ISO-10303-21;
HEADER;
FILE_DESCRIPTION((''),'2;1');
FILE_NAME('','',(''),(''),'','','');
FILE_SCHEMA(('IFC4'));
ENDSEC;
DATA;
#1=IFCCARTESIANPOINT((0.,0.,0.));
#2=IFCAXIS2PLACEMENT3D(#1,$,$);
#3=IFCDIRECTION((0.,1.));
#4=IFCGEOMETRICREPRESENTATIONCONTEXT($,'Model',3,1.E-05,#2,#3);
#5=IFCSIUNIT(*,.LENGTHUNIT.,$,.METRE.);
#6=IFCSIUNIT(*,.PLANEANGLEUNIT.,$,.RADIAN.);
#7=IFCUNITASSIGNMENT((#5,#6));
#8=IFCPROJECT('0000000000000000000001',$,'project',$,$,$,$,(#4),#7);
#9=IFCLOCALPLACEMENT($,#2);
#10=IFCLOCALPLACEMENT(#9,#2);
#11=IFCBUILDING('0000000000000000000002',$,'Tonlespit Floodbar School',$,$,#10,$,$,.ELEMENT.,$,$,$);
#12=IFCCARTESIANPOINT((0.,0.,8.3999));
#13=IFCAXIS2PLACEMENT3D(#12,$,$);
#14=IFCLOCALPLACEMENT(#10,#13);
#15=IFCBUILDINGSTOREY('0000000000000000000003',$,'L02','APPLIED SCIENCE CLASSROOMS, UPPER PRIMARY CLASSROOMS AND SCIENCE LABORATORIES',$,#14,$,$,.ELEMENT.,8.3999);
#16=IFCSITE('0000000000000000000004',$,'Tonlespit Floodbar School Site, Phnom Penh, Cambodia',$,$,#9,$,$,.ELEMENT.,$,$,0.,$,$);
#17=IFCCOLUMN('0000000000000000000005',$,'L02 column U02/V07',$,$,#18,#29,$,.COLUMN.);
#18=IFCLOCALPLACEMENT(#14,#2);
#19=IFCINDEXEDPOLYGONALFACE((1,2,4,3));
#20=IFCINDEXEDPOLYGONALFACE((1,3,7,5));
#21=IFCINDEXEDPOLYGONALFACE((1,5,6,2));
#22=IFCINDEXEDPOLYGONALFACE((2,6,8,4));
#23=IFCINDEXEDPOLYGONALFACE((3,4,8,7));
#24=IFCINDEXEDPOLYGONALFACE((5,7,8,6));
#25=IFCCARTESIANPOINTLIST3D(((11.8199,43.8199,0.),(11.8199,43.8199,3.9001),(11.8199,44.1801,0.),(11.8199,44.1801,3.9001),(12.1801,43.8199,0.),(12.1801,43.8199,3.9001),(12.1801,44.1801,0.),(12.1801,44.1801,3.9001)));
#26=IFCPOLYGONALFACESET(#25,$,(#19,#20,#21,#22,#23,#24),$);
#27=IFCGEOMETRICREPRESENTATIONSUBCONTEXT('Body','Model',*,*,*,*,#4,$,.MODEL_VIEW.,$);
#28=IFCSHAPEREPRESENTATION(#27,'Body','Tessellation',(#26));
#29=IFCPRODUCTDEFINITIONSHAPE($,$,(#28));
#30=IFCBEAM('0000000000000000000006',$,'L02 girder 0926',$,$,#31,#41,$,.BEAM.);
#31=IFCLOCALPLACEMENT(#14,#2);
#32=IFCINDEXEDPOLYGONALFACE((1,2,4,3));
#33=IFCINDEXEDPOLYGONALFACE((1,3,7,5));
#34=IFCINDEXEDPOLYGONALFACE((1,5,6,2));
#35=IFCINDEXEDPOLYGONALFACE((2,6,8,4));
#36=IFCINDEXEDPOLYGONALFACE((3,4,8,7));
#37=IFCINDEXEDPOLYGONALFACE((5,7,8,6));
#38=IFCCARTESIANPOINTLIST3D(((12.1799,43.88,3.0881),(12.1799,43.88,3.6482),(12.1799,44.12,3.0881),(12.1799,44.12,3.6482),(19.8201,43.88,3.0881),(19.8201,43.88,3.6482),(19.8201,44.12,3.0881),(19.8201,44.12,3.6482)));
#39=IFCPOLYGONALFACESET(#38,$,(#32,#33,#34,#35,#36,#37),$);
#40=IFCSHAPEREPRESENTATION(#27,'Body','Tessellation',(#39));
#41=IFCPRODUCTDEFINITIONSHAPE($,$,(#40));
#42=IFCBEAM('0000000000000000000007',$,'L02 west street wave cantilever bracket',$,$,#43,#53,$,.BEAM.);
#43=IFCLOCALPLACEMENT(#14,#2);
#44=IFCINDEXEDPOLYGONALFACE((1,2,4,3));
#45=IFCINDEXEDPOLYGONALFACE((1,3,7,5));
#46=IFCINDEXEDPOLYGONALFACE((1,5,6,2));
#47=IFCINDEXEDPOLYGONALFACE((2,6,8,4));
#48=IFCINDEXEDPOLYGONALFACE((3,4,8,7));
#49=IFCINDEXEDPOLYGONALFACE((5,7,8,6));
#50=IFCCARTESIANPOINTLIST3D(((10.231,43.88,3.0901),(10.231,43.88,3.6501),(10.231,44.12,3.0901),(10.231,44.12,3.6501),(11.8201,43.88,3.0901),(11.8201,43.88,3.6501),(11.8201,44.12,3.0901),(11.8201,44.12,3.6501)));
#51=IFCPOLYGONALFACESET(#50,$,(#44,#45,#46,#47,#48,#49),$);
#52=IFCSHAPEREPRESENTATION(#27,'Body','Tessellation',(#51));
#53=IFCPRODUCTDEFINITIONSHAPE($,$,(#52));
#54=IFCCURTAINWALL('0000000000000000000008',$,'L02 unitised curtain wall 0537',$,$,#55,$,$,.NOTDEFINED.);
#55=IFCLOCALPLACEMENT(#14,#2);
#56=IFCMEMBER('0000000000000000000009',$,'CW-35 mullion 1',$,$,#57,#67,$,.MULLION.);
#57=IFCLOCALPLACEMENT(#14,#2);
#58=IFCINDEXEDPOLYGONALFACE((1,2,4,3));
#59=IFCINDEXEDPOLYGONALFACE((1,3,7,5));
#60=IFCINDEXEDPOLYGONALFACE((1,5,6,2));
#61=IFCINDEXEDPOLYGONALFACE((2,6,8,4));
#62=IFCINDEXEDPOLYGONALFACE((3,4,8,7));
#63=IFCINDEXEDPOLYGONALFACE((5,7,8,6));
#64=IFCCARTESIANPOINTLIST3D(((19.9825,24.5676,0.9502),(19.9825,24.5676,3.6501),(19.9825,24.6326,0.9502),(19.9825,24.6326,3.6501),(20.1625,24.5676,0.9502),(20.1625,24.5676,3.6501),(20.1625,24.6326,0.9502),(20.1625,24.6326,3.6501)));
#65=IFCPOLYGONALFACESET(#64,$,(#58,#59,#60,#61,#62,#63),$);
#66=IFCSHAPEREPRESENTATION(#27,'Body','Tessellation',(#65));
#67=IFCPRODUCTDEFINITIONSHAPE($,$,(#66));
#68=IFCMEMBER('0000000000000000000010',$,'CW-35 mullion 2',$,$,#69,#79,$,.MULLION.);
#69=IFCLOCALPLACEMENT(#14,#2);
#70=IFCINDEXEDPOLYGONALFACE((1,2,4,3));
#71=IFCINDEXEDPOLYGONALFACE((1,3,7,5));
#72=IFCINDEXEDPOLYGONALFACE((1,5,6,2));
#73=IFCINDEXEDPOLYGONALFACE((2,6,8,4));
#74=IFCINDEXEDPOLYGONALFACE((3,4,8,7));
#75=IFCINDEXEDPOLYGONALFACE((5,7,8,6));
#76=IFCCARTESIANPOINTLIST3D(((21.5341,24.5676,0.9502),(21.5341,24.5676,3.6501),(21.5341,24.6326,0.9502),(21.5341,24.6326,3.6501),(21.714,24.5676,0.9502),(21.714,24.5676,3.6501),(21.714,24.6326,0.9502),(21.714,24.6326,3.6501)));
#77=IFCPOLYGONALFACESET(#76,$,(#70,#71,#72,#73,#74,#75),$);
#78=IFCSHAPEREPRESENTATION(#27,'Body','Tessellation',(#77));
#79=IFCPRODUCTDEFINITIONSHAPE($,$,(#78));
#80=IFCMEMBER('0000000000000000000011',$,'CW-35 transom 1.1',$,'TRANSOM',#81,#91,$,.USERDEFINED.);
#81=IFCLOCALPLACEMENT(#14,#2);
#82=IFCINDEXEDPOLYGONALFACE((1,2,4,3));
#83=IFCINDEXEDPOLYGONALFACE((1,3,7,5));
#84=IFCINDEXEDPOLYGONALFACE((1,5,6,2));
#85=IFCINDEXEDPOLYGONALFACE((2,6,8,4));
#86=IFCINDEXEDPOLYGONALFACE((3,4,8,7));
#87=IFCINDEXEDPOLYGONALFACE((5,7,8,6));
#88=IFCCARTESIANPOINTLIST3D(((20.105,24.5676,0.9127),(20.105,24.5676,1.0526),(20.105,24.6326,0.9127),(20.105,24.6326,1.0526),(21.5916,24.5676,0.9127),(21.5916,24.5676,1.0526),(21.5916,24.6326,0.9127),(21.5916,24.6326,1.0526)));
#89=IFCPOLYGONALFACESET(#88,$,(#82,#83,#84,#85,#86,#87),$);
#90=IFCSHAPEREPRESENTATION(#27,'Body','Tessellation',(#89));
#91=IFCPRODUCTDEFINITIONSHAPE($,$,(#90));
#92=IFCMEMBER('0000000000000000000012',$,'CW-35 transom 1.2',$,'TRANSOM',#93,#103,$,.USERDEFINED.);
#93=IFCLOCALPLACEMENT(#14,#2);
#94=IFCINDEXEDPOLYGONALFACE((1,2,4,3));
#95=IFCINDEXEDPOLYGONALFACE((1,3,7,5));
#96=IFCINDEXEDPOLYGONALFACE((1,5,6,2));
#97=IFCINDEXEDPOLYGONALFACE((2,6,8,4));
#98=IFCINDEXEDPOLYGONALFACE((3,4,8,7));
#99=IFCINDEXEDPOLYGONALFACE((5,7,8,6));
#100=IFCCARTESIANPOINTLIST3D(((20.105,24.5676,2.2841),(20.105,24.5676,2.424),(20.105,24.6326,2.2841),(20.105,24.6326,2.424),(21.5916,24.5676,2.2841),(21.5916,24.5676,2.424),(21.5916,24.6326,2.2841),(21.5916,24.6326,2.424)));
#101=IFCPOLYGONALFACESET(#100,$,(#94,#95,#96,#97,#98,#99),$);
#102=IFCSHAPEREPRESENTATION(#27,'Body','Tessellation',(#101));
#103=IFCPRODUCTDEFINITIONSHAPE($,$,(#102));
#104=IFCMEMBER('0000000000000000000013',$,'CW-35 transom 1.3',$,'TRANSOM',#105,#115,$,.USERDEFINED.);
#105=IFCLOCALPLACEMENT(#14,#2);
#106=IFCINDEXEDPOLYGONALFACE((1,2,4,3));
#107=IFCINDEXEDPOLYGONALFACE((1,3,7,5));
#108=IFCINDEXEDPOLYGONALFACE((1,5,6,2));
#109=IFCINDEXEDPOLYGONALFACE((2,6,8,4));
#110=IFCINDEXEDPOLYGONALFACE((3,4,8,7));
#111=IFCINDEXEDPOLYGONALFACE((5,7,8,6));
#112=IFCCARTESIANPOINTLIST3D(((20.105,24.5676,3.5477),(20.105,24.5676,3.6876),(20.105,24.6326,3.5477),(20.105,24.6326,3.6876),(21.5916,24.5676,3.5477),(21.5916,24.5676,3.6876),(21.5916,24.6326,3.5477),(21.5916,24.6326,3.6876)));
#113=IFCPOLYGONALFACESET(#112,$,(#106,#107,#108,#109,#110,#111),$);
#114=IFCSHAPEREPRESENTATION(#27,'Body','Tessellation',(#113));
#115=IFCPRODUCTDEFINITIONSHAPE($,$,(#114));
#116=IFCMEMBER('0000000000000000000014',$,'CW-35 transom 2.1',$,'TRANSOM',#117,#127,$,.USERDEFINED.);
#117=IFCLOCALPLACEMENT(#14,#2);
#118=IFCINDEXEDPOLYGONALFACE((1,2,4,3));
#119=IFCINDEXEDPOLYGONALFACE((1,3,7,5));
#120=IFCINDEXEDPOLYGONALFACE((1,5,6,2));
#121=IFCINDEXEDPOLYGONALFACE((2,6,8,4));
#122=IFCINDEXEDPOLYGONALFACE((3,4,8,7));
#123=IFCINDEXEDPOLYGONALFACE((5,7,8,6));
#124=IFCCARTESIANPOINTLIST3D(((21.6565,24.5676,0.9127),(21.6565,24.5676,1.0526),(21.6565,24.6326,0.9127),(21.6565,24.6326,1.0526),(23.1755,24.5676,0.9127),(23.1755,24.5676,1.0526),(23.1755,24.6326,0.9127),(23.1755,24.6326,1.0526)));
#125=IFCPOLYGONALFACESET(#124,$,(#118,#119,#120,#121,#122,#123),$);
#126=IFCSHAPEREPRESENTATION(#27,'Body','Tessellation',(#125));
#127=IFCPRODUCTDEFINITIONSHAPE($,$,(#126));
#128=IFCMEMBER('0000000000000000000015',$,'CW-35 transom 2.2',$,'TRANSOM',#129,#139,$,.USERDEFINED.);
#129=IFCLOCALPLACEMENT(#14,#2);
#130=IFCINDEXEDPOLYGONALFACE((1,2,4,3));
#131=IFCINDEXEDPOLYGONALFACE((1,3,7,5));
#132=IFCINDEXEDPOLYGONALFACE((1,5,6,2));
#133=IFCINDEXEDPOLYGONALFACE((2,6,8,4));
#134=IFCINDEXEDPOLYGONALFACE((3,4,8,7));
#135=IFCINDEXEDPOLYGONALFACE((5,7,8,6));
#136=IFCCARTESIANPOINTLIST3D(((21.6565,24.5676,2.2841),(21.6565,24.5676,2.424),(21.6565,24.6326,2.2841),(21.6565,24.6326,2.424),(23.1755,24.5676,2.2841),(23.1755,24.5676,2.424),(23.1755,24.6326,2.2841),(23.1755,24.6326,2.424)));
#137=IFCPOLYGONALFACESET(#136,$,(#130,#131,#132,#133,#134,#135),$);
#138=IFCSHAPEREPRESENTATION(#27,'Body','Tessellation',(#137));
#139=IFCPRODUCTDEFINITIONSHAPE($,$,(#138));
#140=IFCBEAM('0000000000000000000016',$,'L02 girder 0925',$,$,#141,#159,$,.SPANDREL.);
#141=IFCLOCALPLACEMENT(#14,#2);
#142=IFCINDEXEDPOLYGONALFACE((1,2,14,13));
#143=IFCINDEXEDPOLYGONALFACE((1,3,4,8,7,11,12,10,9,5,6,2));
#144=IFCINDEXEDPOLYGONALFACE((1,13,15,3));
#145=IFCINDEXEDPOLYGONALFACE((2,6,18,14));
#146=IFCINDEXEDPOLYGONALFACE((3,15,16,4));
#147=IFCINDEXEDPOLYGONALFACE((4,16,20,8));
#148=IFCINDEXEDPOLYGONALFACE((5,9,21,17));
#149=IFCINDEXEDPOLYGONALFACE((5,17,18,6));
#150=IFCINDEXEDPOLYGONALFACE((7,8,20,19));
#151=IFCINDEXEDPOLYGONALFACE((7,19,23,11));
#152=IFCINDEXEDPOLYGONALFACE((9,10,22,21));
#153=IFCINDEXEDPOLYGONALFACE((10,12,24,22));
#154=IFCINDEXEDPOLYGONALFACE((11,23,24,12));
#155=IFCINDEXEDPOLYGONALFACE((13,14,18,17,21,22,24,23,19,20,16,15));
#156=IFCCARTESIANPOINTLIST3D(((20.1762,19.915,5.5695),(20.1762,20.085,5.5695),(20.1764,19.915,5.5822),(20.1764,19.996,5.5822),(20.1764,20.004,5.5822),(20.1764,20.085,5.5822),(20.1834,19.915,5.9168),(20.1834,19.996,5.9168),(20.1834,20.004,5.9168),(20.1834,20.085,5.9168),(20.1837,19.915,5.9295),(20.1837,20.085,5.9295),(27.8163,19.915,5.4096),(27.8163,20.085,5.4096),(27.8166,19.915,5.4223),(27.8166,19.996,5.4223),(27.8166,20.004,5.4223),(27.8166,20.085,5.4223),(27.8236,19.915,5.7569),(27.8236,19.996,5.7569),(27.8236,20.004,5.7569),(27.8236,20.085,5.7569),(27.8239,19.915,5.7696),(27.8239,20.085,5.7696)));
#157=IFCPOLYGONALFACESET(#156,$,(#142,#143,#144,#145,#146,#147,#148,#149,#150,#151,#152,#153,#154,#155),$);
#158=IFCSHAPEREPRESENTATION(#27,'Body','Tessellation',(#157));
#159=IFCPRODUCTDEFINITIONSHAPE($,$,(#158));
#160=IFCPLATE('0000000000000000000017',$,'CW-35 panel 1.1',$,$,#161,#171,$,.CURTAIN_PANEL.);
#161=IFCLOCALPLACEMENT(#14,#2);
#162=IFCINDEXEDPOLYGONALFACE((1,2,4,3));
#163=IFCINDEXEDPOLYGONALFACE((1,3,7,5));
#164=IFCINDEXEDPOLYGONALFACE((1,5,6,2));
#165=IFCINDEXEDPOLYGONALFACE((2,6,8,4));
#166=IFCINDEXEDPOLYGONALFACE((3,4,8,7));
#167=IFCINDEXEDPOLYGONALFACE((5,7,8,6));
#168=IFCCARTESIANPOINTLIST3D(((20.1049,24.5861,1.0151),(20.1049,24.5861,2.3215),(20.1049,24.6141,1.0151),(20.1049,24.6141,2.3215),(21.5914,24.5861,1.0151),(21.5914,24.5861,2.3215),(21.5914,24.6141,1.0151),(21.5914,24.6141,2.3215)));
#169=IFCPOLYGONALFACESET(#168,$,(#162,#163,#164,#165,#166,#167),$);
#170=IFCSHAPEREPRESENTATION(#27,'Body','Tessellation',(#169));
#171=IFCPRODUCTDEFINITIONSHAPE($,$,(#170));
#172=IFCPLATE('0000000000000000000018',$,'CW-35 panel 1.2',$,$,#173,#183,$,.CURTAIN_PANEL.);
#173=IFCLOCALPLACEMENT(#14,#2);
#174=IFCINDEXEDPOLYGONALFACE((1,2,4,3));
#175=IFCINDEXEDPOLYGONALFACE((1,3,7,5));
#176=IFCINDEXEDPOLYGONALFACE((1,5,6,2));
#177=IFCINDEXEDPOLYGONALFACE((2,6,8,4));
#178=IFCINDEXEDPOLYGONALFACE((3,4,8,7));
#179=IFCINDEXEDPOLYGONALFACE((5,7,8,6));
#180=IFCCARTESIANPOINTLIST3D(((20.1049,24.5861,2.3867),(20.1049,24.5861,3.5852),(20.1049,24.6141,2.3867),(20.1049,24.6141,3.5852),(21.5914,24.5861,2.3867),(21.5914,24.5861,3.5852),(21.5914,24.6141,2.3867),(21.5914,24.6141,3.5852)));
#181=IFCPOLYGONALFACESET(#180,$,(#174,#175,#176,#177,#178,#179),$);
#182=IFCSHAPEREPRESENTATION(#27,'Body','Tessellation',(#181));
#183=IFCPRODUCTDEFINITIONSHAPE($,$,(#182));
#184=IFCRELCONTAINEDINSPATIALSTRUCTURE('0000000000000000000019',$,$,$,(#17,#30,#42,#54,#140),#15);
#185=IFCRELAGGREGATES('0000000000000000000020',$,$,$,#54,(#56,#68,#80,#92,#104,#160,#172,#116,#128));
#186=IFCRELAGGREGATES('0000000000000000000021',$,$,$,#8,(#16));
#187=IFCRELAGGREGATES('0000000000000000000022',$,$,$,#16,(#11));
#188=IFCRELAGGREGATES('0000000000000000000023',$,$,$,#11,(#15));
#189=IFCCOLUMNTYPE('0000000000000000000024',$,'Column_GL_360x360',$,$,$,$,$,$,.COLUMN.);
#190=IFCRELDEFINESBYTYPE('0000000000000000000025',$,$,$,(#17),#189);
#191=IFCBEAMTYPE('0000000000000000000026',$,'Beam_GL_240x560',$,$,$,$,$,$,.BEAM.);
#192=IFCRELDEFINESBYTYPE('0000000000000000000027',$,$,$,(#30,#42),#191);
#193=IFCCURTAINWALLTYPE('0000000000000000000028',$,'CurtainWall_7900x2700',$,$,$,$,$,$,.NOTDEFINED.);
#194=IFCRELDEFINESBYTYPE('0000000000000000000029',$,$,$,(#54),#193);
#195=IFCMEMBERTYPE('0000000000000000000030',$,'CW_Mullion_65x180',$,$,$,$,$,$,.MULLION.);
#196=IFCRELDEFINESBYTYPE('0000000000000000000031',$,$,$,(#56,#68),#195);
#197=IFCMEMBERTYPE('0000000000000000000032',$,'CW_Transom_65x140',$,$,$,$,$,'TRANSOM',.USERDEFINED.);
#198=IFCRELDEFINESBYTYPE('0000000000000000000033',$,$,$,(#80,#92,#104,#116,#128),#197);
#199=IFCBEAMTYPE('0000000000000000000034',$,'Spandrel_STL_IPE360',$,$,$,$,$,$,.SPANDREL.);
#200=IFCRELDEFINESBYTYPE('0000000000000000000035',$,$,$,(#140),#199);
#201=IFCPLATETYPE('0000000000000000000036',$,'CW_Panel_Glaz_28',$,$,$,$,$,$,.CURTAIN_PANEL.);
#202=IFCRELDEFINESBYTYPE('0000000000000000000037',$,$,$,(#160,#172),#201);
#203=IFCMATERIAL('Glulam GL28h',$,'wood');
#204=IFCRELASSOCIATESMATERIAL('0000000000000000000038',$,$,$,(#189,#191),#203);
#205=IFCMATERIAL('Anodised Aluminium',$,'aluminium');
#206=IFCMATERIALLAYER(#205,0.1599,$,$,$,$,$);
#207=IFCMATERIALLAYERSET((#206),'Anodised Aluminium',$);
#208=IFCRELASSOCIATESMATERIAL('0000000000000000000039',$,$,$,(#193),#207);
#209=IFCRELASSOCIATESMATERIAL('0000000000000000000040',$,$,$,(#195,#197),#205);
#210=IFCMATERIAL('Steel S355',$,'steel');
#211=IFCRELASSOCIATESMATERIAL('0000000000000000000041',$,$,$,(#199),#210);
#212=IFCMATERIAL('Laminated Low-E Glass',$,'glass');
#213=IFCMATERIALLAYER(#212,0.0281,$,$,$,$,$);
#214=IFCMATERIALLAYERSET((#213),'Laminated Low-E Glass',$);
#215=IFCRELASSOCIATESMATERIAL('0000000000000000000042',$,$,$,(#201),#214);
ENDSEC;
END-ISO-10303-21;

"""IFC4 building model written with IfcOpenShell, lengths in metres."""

from ifc_helpers import new_model, si_unit, direction, frame, origin, origin_2d, place, context, subcontext, project, spatial, rectangle, i_section, extrude, material, layer, layer_set, material_profile, profile_set, type_object, element, aggregate, save


model = new_model("IFC4")

# Units and contexts
model_context = context("Model", 3, precision=1e-05, world=origin(), true_north=direction((0.0, 1.0)))
body_context = subcontext(model_context, "Body", "Model", "MODEL_VIEW")
ifc_project = project(units=[si_unit("LENGTHUNIT", "METRE"), si_unit("PLANEANGLEUNIT", "RADIAN")], contexts=[model_context])

# Site, building, storey
site_placement = place(None, origin())
site = spatial("IfcSite", under=ifc_project, at=site_placement, Name="Tonlespit Floodbar School Site, Phnom Penh, Cambodia", CompositionType="ELEMENT", RefElevation=0.0)
building_placement = place(site_placement, origin())
building = spatial("IfcBuilding", under=site, at=building_placement, Name="Tonlespit Floodbar School", CompositionType="ELEMENT")
storey_placement = place(building_placement, frame((0.0, 0.0, 8.3999)))
storey = spatial("IfcBuildingStorey", under=building, at=storey_placement, Name="L02", Description="APPLIED SCIENCE CLASSROOMS, UPPER PRIMARY CLASSROOMS AND SCIENCE LABORATORIES", CompositionType="ELEMENT", Elevation=8.3999)

# Column
ifc_material_1 = material(Name="Glulam GL28h", Category="wood")
ifc_material_profile_1 = material_profile(ifc_material_1, rectangle(XDim=0.3601, YDim=0.3601, at=origin_2d()), Name="GL 360x360")
ifc_profile_set_1 = profile_set([ifc_material_profile_1], Name="Glulam GL28h")
column_type = type_object("IfcColumnType", Name="Column_GL_360x360", PredefinedType="COLUMN", material=ifc_profile_set_1)
column_placement = place(storey_placement, frame((12.0, 44.0, 0.0), z_axis=(0.0, 0.0, 1.0), x_axis=(1.0, 0.0, 0.0)))
element("IfcColumn", 1, at=column_placement, inside=storey, type_object=column_type, Name="L02 column U02/V07", PredefinedType="COLUMN", context=body_context, shape_type="SweptSolid", body=[
    extrude(rectangle(XDim=0.3601, YDim=0.3601, at=origin_2d()), origin(), (0.0, 0.0, 1.0), 3.9001),
])

# Beams
ifc_material_profile_2 = material_profile(ifc_material_1, rectangle(XDim=0.24, YDim=0.5601, at=origin_2d()), Name="GL 240x560")
ifc_profile_set_2 = profile_set([ifc_material_profile_2], Name="Glulam GL28h")
beam_type_1 = type_object("IfcBeamType", Name="Beam_GL_240x560", PredefinedType="BEAM", material=ifc_profile_set_2)
beam_1_placement = place(storey_placement, frame((12.1799, 44.0, 3.3682), z_axis=(1.0, 0.0, 0.0), x_axis=(0.0, 1.0, 0.0)))
element("IfcBeam", 2, at=beam_1_placement, inside=storey, type_object=beam_type_1, Name="L02 girder 0926", PredefinedType="BEAM", context=body_context, shape_type="SweptSolid", body=[
    extrude(rectangle(XDim=0.24, YDim=0.5601, at=origin_2d()), origin(), (0.0, 0.0, 1.0), 7.6401),
])
beam_2_placement = place(storey_placement, frame((11.8201, 44.0, 3.3701), z_axis=(-1.0, 0.0, 0.0), x_axis=(0.0, -1.0, 0.0)))
element("IfcBeam", 3, at=beam_2_placement, inside=storey, type_object=beam_type_1, Name="L02 west street wave cantilever bracket", PredefinedType="BEAM", context=body_context, shape_type="SweptSolid", body=[
    extrude(rectangle(XDim=0.24, YDim=0.5601, at=origin_2d()), origin(), (0.0, 0.0, 1.0), 1.5891),
])

# Curtain wall, members
ifc_material_2 = material(Name="Anodised Aluminium", Category="aluminium")
ifc_layer_1 = layer(ifc_material_2, 0.1599)
ifc_layer_set_1 = layer_set([ifc_layer_1], Name="Anodised Aluminium")
curtain_wall_type = type_object("IfcCurtainWallType", Name="CurtainWall_7900x2700", PredefinedType="NOTDEFINED", material=ifc_layer_set_1)
curtain_wall_placement = place(storey_placement, origin())
curtain_wall = element("IfcCurtainWall", 4, at=curtain_wall_placement, inside=storey, type_object=curtain_wall_type, Name="L02 unitised curtain wall 0537", PredefinedType="NOTDEFINED")
ifc_material_profile_3 = material_profile(ifc_material_2, rectangle(XDim=0.0649, YDim=0.1799, at=origin_2d()), Name="ALU M65x180")
ifc_profile_set_3 = profile_set([ifc_material_profile_3], Name="Anodised Aluminium")
member_type_1 = type_object("IfcMemberType", Name="CW_Mullion_65x180", PredefinedType="MULLION", material=ifc_profile_set_3)
member_1_placement = place(storey_placement, frame((20.0725, 24.6001, 0.9502), z_axis=(0.0, 0.0, 1.0), x_axis=(0.0, 1.0, 0.0)))
member_1 = element("IfcMember", 5, at=member_1_placement, type_object=member_type_1, Name="CW-35 mullion 1", PredefinedType="MULLION", context=body_context, shape_type="SweptSolid", body=[
    extrude(rectangle(XDim=0.0649, YDim=0.1799, at=origin_2d()), origin(), (0.0, 0.0, 1.0), 2.7),
])
member_2_placement = place(storey_placement, frame((21.624, 24.6001, 0.9502), z_axis=(0.0, 0.0, 1.0), x_axis=(0.0, 1.0, 0.0)))
member_2 = element("IfcMember", 6, at=member_2_placement, type_object=member_type_1, Name="CW-35 mullion 2", PredefinedType="MULLION", context=body_context, shape_type="SweptSolid", body=[
    extrude(rectangle(XDim=0.0649, YDim=0.1799, at=origin_2d()), origin(), (0.0, 0.0, 1.0), 2.7),
])
ifc_material_profile_4 = material_profile(ifc_material_2, rectangle(XDim=0.0649, YDim=0.1399, at=origin_2d()), Name="ALU T65x140")
ifc_profile_set_4 = profile_set([ifc_material_profile_4], Name="Anodised Aluminium")
member_type_2 = type_object("IfcMemberType", Name="CW_Transom_65x140", ElementType="TRANSOM", PredefinedType="USERDEFINED", material=ifc_profile_set_4)
member_3_placement = place(storey_placement, frame((20.105, 24.6001, 0.9827), z_axis=(1.0, 0.0, 0.0), x_axis=(0.0, 1.0, 0.0)))
member_3 = element("IfcMember", 7, at=member_3_placement, type_object=member_type_2, Name="CW-35 transom 1.1", ObjectType="TRANSOM", PredefinedType="USERDEFINED", context=body_context, shape_type="SweptSolid", body=[
    extrude(rectangle(XDim=0.0649, YDim=0.1399, at=origin_2d()), origin(), (0.0, 0.0, 1.0), 1.4866),
])
member_4_placement = place(storey_placement, frame((20.105, 24.6001, 2.354), z_axis=(1.0, 0.0, 0.0), x_axis=(0.0, 1.0, 0.0)))
member_4 = element("IfcMember", 8, at=member_4_placement, type_object=member_type_2, Name="CW-35 transom 1.2", ObjectType="TRANSOM", PredefinedType="USERDEFINED", context=body_context, shape_type="SweptSolid", body=[
    extrude(rectangle(XDim=0.0649, YDim=0.1399, at=origin_2d()), origin(), (0.0, 0.0, 1.0), 1.4866),
])
member_5_placement = place(storey_placement, frame((20.105, 24.6001, 3.6177), z_axis=(1.0, 0.0, 0.0), x_axis=(0.0, 1.0, 0.0)))
member_5 = element("IfcMember", 9, at=member_5_placement, type_object=member_type_2, Name="CW-35 transom 1.3", ObjectType="TRANSOM", PredefinedType="USERDEFINED", context=body_context, shape_type="SweptSolid", body=[
    extrude(rectangle(XDim=0.0649, YDim=0.1399, at=origin_2d()), origin(), (0.0, 0.0, 1.0), 1.4866),
])
member_6_placement = place(storey_placement, frame((21.6565, 24.6001, 0.9827), z_axis=(1.0, 0.0, 0.0), x_axis=(0.0, 1.0, 0.0)))
member_6 = element("IfcMember", 10, at=member_6_placement, type_object=member_type_2, Name="CW-35 transom 2.1", ObjectType="TRANSOM", PredefinedType="USERDEFINED", context=body_context, shape_type="SweptSolid", body=[
    extrude(rectangle(XDim=0.0649, YDim=0.1399, at=origin_2d()), origin(), (0.0, 0.0, 1.0), 1.519),
])
member_7_placement = place(storey_placement, frame((21.6565, 24.6001, 2.354), z_axis=(1.0, 0.0, 0.0), x_axis=(0.0, 1.0, 0.0)))
member_7 = element("IfcMember", 11, at=member_7_placement, type_object=member_type_2, Name="CW-35 transom 2.2", ObjectType="TRANSOM", PredefinedType="USERDEFINED", context=body_context, shape_type="SweptSolid", body=[
    extrude(rectangle(XDim=0.0649, YDim=0.1399, at=origin_2d()), origin(), (0.0, 0.0, 1.0), 1.519),
])

# Beam
ifc_material_3 = material(Name="Steel S355", Category="steel")
ifc_material_profile_5 = material_profile(ifc_material_3, i_section(OverallWidth=0.1699, OverallDepth=0.3601, WebThickness=0.0081, FlangeThickness=0.0127, at=origin_2d()), Name="IPE 360")
ifc_profile_set_5 = profile_set([ifc_material_profile_5], Name="Steel S355")
beam_type_2 = type_object("IfcBeamType", Name="Spandrel_STL_IPE360", PredefinedType="SPANDREL", material=ifc_profile_set_5)
beam_3_placement = place(storey_placement, frame((20.1799, 20.0, 5.7495), z_axis=(0.999781, 0.0, -0.020926), x_axis=(0.0, 1.0, 0.0)))
element("IfcBeam", 12, at=beam_3_placement, inside=storey, type_object=beam_type_2, Name="L02 girder 0925", PredefinedType="SPANDREL", context=body_context, shape_type="SweptSolid", body=[
    extrude(i_section(OverallWidth=0.1699, OverallDepth=0.3601, WebThickness=0.0081, FlangeThickness=0.0127, at=origin_2d()), origin(), (0.0, 0.0, 1.0), 7.6418),
])

# Plates
ifc_material_4 = material(Name="Laminated Low-E Glass", Category="glass")
ifc_layer_2 = layer(ifc_material_4, 0.0281)
ifc_layer_set_2 = layer_set([ifc_layer_2], Name="Laminated Low-E Glass")
plate_type = type_object("IfcPlateType", Name="CW_Panel_Glaz_28", PredefinedType="CURTAIN_PANEL", material=ifc_layer_set_2)
plate_1_placement = place(storey_placement, frame((20.8481, 24.6001, 1.0151), z_axis=(0.0, 0.0, 1.0), x_axis=(1.0, 0.0, 0.0)))
plate_1 = element("IfcPlate", 13, at=plate_1_placement, type_object=plate_type, Name="CW-35 panel 1.1", PredefinedType="CURTAIN_PANEL", context=body_context, shape_type="SweptSolid", body=[
    extrude(rectangle(XDim=1.4866, YDim=0.0281, at=origin_2d()), origin(), (0.0, 0.0, 1.0), 1.3064),
])
plate_2_placement = place(storey_placement, frame((20.8481, 24.6001, 2.3867), z_axis=(0.0, 0.0, 1.0), x_axis=(1.0, 0.0, 0.0)))
plate_2 = element("IfcPlate", 14, at=plate_2_placement, type_object=plate_type, Name="CW-35 panel 1.2", PredefinedType="CURTAIN_PANEL", context=body_context, shape_type="SweptSolid", body=[
    extrude(rectangle(XDim=1.4866, YDim=0.0281, at=origin_2d()), origin(), (0.0, 0.0, 1.0), 1.1985),
])
aggregate(curtain_wall, [member_1, member_2, member_3, member_4, member_5, plate_1, plate_2, member_6, member_7])

save(model, "model.ifc")
